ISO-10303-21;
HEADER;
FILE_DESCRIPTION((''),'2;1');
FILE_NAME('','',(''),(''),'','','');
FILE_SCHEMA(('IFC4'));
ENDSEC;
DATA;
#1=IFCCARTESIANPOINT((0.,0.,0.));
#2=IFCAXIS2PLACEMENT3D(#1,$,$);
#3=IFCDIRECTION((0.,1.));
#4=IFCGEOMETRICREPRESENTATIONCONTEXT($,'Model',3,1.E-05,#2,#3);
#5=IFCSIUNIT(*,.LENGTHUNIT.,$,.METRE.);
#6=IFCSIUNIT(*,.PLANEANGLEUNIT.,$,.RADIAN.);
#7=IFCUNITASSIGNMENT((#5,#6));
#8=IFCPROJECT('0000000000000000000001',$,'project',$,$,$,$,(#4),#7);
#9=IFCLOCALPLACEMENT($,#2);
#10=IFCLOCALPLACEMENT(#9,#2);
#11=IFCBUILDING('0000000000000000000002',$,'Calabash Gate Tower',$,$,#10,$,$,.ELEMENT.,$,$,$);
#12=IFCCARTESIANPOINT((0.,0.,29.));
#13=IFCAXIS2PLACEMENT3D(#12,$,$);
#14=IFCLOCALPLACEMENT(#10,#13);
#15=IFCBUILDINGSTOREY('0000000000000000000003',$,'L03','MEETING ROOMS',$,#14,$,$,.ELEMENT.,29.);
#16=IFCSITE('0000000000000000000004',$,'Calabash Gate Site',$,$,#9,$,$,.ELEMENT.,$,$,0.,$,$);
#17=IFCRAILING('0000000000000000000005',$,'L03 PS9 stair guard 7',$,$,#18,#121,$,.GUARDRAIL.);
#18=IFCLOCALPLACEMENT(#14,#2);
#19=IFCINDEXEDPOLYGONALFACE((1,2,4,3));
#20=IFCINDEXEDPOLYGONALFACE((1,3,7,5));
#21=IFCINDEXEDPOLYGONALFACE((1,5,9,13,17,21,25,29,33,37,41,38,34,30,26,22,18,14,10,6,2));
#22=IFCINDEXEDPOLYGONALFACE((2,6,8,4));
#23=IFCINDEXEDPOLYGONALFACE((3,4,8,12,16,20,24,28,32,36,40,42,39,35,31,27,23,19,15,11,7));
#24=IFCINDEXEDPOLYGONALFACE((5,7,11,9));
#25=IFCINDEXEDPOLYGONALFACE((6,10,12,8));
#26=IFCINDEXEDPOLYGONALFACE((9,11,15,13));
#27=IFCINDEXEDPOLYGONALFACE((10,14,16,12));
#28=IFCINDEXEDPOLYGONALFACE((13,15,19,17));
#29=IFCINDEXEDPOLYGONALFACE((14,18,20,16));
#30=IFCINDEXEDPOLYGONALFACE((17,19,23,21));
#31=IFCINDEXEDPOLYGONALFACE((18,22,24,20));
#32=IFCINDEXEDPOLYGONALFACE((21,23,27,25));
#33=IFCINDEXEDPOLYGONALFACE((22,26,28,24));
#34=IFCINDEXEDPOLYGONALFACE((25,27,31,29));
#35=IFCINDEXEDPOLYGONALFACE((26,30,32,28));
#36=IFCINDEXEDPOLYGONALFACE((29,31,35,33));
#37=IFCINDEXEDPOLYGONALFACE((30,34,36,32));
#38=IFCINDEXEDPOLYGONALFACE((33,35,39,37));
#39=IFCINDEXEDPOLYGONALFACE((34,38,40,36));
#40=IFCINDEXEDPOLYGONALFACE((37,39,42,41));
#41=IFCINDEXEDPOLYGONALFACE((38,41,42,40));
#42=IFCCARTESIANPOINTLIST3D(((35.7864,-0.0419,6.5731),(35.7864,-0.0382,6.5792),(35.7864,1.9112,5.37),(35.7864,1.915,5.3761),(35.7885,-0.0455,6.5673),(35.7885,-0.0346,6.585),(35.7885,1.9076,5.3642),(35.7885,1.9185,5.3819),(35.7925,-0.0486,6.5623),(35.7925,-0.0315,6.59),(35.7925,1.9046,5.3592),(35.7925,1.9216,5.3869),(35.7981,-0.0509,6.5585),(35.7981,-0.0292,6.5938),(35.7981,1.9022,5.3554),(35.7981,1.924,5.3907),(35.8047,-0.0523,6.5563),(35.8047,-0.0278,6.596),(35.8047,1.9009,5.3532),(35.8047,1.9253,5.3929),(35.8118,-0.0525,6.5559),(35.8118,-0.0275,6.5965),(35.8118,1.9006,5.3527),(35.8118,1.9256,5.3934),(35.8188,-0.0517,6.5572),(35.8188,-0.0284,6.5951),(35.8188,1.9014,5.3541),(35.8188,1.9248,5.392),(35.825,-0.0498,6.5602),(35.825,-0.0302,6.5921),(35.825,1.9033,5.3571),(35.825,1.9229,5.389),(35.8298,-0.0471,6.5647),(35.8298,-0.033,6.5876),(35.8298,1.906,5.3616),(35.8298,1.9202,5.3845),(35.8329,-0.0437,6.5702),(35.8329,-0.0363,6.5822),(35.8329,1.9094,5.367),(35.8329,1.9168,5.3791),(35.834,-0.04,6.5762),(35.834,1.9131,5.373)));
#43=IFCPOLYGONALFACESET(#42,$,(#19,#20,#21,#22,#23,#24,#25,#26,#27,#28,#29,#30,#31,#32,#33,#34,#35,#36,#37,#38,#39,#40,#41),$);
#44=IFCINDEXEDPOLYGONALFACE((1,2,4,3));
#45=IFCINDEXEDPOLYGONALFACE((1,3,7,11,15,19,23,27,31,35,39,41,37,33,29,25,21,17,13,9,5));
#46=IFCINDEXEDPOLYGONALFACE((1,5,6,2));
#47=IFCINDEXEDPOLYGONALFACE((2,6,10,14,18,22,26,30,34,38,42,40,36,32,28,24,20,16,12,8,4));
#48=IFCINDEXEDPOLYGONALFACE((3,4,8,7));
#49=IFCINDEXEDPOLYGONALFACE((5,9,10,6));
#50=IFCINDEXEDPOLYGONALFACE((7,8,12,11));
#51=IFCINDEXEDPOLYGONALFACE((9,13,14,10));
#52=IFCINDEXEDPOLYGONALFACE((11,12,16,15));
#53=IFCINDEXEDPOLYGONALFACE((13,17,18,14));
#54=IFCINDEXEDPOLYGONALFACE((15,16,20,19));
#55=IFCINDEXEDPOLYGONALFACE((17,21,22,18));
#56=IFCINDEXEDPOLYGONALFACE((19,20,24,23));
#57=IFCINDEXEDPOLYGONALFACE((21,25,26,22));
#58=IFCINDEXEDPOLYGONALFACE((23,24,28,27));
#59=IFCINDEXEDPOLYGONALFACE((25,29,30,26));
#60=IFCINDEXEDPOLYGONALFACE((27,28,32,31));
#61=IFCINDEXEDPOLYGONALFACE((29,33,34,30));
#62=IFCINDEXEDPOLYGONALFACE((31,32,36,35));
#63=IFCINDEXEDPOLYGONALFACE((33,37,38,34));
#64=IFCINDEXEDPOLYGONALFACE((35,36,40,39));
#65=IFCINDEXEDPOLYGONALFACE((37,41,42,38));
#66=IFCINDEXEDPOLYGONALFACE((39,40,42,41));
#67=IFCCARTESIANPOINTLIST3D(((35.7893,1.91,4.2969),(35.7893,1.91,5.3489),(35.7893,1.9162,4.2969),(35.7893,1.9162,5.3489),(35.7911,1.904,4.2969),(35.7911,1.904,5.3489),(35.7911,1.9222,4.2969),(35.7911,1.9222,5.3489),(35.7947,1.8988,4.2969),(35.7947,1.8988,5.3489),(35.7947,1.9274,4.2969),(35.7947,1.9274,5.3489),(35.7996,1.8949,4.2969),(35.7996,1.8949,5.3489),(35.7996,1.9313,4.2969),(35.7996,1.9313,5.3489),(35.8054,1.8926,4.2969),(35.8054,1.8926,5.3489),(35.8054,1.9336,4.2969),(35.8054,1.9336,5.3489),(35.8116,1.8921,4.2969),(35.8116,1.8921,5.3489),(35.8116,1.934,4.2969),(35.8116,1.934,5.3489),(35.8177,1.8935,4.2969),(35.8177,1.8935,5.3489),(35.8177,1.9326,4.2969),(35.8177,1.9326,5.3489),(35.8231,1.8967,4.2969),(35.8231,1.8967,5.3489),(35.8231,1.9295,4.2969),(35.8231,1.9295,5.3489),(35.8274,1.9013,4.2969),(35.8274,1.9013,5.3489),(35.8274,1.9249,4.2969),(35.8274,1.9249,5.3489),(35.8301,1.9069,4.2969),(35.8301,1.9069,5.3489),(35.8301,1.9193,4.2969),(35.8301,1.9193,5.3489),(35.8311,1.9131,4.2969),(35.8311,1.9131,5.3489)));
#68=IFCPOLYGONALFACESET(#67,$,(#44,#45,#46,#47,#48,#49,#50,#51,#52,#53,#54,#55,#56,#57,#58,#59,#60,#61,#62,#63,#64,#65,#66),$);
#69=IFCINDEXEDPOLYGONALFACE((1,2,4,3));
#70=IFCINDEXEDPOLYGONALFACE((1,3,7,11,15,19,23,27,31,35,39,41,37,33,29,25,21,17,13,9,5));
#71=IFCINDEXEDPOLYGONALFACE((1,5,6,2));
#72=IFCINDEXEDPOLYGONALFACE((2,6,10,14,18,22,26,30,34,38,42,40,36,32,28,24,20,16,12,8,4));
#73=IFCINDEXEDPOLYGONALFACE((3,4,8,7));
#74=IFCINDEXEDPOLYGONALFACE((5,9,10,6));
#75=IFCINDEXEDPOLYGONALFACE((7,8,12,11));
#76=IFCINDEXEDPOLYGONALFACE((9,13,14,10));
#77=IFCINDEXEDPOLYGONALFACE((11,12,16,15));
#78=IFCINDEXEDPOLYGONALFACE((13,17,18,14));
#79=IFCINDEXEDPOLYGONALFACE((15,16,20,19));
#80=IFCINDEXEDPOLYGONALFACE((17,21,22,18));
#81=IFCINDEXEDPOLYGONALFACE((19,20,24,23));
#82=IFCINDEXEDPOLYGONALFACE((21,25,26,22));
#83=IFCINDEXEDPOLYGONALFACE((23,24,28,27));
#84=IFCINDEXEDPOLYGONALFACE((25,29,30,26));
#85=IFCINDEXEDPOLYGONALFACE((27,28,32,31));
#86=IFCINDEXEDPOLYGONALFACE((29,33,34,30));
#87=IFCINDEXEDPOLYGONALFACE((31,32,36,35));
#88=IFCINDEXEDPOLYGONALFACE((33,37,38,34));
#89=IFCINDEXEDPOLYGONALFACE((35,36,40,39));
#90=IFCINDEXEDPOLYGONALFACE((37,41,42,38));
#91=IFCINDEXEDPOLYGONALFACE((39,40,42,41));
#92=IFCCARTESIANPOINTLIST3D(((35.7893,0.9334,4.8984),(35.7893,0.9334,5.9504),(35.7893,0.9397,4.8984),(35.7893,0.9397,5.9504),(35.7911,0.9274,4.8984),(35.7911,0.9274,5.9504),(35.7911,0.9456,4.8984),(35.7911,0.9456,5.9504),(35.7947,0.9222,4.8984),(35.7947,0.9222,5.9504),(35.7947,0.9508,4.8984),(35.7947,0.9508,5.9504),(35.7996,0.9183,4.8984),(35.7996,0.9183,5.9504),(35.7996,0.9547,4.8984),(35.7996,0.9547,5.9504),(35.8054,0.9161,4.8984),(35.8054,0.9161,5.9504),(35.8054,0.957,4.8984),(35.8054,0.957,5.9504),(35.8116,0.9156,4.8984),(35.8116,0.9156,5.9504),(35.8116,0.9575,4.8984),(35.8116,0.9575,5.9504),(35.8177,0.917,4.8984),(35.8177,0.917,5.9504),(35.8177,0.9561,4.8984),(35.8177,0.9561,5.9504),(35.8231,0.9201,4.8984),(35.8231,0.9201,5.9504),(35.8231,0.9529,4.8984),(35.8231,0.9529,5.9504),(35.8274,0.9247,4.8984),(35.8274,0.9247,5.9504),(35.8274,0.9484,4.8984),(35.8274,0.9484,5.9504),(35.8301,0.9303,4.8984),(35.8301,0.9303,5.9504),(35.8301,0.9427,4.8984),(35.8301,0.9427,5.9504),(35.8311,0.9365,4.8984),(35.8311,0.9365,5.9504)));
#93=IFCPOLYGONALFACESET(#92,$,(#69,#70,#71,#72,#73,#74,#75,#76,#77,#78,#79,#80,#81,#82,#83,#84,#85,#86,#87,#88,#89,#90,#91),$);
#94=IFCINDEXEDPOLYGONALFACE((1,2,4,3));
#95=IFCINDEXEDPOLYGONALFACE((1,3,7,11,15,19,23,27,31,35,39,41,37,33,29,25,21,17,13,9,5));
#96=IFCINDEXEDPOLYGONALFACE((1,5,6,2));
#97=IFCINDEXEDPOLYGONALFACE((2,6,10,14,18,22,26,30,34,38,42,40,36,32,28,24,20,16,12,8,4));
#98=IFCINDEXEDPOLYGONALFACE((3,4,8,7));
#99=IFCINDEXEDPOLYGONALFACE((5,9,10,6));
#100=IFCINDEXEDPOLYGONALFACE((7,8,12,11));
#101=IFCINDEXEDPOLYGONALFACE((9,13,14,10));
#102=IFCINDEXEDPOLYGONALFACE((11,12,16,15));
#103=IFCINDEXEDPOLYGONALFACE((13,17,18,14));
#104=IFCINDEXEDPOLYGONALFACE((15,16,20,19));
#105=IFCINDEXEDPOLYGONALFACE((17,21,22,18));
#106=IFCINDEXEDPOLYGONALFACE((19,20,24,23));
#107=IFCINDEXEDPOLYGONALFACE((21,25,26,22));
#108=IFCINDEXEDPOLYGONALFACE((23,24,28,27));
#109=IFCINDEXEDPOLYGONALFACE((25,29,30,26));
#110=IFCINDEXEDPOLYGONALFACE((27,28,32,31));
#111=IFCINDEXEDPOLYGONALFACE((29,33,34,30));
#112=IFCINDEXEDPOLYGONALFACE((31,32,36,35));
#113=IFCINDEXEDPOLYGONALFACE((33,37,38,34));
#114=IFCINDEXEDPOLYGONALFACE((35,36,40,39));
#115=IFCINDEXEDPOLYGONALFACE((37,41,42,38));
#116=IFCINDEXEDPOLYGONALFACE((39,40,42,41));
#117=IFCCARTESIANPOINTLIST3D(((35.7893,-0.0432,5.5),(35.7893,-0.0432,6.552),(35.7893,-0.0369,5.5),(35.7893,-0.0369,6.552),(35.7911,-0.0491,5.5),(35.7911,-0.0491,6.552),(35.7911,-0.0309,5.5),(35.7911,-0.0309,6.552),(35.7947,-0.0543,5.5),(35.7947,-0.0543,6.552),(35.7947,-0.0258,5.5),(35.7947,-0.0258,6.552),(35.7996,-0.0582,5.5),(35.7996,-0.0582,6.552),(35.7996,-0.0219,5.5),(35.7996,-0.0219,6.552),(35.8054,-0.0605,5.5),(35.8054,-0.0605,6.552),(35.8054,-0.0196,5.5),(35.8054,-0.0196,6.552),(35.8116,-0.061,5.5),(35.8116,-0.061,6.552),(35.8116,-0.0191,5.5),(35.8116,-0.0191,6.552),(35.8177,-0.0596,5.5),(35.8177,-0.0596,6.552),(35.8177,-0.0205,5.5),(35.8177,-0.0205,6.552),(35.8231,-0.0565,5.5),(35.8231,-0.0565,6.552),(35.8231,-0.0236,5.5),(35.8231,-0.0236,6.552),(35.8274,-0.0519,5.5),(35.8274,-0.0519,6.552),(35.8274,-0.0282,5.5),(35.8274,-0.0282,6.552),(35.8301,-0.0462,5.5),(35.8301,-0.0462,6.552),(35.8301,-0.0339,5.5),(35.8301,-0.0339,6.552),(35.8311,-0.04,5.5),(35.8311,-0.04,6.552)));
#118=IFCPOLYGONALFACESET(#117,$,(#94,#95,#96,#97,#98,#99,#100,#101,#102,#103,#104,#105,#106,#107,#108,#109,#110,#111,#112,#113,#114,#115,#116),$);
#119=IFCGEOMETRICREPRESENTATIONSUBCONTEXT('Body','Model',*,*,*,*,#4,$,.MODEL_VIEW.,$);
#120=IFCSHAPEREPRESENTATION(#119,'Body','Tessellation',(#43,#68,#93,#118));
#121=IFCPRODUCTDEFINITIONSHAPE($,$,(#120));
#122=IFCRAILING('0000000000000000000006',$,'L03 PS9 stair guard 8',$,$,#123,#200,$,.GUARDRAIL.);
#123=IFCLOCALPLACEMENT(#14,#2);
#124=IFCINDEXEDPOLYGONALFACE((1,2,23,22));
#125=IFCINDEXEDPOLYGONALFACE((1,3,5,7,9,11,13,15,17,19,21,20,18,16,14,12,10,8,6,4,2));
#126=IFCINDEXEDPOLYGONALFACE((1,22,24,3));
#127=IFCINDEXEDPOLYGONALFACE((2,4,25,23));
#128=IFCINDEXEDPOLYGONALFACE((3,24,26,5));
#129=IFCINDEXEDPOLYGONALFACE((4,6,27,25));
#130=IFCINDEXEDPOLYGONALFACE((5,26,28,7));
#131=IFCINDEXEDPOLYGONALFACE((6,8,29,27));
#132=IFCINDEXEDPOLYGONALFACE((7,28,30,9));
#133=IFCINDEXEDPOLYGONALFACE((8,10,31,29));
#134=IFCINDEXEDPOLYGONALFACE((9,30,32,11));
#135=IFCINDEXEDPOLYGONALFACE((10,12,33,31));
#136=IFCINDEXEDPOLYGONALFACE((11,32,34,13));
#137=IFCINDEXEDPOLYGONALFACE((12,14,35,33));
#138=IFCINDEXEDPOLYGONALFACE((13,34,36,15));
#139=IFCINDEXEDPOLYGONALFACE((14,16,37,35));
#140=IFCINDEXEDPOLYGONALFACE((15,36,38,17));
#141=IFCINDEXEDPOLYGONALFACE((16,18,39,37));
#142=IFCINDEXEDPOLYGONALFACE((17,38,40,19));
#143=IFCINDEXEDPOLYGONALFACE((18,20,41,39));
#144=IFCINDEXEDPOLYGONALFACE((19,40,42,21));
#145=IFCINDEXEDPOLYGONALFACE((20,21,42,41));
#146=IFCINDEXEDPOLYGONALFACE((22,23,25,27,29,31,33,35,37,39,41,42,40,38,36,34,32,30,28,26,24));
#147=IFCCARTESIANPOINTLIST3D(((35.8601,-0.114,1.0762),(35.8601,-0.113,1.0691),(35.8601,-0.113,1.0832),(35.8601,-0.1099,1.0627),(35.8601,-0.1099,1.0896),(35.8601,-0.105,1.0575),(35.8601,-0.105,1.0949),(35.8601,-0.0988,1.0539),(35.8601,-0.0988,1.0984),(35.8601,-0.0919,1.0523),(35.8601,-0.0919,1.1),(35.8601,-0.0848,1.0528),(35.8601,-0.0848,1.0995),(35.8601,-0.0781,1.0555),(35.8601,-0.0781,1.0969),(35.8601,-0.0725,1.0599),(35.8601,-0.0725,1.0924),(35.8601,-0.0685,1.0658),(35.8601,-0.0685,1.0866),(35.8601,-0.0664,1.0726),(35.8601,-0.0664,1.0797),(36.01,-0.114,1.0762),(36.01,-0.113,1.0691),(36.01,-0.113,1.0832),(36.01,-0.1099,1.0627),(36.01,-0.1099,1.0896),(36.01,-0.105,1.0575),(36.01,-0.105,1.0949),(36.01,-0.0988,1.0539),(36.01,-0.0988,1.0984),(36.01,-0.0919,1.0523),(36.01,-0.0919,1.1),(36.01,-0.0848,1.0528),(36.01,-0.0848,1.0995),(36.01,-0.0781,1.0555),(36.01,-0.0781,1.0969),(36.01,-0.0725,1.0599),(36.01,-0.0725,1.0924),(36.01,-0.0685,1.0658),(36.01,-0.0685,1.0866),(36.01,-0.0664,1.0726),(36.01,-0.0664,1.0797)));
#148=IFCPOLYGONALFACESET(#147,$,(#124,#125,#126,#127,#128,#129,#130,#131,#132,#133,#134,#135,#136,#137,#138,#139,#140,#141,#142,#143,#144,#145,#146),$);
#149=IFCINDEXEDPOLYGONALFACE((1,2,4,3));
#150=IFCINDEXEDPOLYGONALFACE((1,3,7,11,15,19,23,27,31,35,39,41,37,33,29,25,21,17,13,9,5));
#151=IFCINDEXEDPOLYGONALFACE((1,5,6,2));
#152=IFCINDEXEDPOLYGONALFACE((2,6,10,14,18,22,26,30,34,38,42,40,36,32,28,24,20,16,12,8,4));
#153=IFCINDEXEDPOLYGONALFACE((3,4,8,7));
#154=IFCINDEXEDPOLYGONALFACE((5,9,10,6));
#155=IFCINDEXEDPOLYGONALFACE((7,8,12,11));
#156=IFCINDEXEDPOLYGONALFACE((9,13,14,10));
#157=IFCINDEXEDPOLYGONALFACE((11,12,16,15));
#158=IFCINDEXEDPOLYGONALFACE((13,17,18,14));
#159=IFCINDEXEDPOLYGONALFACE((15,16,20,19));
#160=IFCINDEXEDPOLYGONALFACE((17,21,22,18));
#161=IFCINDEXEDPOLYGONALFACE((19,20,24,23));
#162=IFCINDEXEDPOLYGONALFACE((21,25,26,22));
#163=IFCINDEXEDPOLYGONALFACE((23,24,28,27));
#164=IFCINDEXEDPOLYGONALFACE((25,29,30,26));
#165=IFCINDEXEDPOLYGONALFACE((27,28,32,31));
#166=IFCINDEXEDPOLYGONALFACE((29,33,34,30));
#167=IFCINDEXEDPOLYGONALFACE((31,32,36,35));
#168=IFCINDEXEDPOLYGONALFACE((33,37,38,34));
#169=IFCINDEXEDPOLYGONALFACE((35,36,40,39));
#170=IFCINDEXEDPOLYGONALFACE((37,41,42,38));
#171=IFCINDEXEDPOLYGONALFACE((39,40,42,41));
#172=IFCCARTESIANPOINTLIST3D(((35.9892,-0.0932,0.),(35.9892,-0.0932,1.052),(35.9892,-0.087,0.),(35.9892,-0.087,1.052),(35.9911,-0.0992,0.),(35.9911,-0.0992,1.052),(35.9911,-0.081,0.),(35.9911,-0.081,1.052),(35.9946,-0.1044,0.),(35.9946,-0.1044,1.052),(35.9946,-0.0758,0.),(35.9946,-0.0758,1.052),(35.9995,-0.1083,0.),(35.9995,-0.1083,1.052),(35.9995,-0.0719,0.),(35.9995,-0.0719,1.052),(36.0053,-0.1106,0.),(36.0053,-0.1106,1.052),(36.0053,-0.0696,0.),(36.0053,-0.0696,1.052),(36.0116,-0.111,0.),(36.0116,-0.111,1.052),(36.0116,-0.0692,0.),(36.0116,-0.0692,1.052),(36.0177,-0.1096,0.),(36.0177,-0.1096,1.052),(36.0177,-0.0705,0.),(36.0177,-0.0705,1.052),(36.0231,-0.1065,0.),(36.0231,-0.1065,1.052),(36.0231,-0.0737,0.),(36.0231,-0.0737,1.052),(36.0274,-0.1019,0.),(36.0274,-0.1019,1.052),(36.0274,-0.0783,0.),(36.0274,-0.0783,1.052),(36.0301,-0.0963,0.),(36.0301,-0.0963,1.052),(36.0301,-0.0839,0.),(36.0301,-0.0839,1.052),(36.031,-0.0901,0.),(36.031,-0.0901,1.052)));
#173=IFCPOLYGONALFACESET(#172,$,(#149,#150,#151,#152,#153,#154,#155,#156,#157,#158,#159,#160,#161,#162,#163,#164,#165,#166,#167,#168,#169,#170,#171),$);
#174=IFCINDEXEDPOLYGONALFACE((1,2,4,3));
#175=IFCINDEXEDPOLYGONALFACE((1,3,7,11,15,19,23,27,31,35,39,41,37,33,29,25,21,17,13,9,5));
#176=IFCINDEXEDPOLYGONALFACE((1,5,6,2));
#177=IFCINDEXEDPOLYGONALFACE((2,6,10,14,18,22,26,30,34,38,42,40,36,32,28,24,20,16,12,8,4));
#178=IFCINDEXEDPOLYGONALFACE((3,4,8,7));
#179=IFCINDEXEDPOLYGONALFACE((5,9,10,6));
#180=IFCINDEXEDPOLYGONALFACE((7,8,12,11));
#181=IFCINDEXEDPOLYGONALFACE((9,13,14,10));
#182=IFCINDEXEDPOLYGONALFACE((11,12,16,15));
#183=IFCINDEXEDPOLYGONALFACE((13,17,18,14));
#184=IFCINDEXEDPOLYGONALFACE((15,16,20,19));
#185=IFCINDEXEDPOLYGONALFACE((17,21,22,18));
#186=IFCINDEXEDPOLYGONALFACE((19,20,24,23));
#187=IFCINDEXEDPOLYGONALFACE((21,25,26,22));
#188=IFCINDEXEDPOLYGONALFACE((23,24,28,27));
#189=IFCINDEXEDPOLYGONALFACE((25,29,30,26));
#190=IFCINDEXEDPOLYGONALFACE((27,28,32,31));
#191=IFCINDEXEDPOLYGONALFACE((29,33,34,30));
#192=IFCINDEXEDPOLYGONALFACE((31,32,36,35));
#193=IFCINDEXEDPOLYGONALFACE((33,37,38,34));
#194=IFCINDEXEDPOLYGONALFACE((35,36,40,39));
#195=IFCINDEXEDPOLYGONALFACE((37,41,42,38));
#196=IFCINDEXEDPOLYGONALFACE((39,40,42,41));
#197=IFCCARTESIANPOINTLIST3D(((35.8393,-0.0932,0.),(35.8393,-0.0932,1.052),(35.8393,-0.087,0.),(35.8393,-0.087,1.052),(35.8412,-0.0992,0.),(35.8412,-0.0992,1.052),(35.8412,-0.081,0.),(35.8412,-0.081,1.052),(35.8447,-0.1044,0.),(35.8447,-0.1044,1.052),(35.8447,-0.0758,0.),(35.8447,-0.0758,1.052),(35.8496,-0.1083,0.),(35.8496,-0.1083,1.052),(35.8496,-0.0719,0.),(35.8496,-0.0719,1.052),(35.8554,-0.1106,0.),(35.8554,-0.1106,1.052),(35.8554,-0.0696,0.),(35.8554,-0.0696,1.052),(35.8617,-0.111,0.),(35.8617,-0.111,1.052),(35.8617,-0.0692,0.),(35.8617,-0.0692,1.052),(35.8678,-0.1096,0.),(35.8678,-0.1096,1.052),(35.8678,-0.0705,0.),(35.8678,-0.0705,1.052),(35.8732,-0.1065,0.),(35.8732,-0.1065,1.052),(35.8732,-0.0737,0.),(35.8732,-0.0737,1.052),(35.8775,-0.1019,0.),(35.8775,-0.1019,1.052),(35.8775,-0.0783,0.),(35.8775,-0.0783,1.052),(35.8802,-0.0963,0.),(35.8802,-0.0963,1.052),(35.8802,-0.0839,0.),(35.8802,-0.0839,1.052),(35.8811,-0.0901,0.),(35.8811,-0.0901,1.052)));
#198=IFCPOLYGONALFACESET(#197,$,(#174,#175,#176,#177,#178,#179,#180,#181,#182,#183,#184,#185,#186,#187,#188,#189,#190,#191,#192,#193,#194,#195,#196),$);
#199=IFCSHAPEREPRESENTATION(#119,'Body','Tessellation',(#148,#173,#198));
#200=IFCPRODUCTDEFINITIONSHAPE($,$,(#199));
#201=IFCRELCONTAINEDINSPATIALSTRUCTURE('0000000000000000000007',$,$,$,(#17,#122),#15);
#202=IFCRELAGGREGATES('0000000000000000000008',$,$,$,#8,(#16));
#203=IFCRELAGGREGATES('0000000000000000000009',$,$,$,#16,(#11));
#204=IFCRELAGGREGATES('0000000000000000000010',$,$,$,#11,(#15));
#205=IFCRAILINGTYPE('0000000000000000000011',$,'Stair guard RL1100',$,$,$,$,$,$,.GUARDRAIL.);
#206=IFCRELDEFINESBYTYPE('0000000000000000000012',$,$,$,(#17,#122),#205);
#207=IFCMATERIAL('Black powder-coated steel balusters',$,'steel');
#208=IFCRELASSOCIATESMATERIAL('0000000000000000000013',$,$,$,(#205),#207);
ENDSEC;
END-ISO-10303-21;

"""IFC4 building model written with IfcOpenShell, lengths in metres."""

from ifc_helpers import new_model, si_unit, direction, frame, origin, origin_2d, place, context, subcontext, project, spatial, circle, extrude, material, type_object, element, save


model = new_model("IFC4")

# Units and contexts
model_context = context("Model", 3, precision=1e-05, world=origin(), true_north=direction((0.0, 1.0)))
body_context = subcontext(model_context, "Body", "Model", "MODEL_VIEW")
ifc_project = project(units=[si_unit("LENGTHUNIT", "METRE"), si_unit("PLANEANGLEUNIT", "RADIAN")], contexts=[model_context])

# Site, building, storey
site_placement = place(None, origin())
site = spatial("IfcSite", under=ifc_project, at=site_placement, Name="Calabash Gate Site", CompositionType="ELEMENT", RefElevation=0.0)
building_placement = place(site_placement, origin())
building = spatial("IfcBuilding", under=site, at=building_placement, Name="Calabash Gate Tower", CompositionType="ELEMENT")
storey_placement = place(building_placement, frame((0.0, 0.0, 29.0)))
storey = spatial("IfcBuildingStorey", under=building, at=storey_placement, Name="L03", Description="MEETING ROOMS", CompositionType="ELEMENT", Elevation=29.0)

# Railings
ifc_material_1 = material(Name="Black powder-coated steel balusters", Category="steel")
railing_type_1 = type_object("IfcRailingType", Name="Stair guard RL1100", PredefinedType="GUARDRAIL", material=ifc_material_1)
railing_1_placement = place(storey_placement, frame((35.8101, 1.9131, 4.2969)))
element("IfcRailing", 1, at=railing_1_placement, inside=storey, type_object=railing_type_1, Name="L03 PS9 stair guard 7", PredefinedType="GUARDRAIL", context=body_context, shape_type="SweptSolid", body=[
    extrude(circle(Radius=0.0239, at=origin_2d()), frame((0.0, 0.0, 1.0762), z_axis=(0.0, -0.851424, 0.524477), x_axis=(1.0, 0.0, 0.0)), (0.0, 0.0, 1.0), 2.2939),
    extrude(circle(Radius=0.021, at=origin_2d()), origin(), (0.0, 0.0, 1.0), 1.052),
    extrude(circle(Radius=0.021, at=origin_2d()), frame((0.0, -0.9766, 0.6016)), (0.0, 0.0, 1.0), 1.052),
    extrude(circle(Radius=0.021, at=origin_2d()), frame((0.0, -1.9531, 1.2031)), (0.0, 0.0, 1.0), 1.052),
])
railing_2_placement = place(storey_placement, frame((36.01, -0.0901, 0.0)))
element("IfcRailing", 2, at=railing_2_placement, inside=storey, type_object=railing_type_1, Name="L03 PS9 stair guard 8", PredefinedType="GUARDRAIL", context=body_context, shape_type="SweptSolid", body=[
    extrude(circle(Radius=0.0239, at=origin_2d()), frame((0.0, 0.0, 1.0762), z_axis=(-1.0, 0.0, 0.0), x_axis=(0.0, -1.0, 0.0)), (0.0, 0.0, 1.0), 0.1499),
    extrude(circle(Radius=0.021, at=origin_2d()), origin(), (0.0, 0.0, 1.0), 1.052),
    extrude(circle(Radius=0.021, at=origin_2d()), frame((-0.1499, 0.0, 0.0)), (0.0, 0.0, 1.0), 1.052),
])

save(model, "model.ifc")
